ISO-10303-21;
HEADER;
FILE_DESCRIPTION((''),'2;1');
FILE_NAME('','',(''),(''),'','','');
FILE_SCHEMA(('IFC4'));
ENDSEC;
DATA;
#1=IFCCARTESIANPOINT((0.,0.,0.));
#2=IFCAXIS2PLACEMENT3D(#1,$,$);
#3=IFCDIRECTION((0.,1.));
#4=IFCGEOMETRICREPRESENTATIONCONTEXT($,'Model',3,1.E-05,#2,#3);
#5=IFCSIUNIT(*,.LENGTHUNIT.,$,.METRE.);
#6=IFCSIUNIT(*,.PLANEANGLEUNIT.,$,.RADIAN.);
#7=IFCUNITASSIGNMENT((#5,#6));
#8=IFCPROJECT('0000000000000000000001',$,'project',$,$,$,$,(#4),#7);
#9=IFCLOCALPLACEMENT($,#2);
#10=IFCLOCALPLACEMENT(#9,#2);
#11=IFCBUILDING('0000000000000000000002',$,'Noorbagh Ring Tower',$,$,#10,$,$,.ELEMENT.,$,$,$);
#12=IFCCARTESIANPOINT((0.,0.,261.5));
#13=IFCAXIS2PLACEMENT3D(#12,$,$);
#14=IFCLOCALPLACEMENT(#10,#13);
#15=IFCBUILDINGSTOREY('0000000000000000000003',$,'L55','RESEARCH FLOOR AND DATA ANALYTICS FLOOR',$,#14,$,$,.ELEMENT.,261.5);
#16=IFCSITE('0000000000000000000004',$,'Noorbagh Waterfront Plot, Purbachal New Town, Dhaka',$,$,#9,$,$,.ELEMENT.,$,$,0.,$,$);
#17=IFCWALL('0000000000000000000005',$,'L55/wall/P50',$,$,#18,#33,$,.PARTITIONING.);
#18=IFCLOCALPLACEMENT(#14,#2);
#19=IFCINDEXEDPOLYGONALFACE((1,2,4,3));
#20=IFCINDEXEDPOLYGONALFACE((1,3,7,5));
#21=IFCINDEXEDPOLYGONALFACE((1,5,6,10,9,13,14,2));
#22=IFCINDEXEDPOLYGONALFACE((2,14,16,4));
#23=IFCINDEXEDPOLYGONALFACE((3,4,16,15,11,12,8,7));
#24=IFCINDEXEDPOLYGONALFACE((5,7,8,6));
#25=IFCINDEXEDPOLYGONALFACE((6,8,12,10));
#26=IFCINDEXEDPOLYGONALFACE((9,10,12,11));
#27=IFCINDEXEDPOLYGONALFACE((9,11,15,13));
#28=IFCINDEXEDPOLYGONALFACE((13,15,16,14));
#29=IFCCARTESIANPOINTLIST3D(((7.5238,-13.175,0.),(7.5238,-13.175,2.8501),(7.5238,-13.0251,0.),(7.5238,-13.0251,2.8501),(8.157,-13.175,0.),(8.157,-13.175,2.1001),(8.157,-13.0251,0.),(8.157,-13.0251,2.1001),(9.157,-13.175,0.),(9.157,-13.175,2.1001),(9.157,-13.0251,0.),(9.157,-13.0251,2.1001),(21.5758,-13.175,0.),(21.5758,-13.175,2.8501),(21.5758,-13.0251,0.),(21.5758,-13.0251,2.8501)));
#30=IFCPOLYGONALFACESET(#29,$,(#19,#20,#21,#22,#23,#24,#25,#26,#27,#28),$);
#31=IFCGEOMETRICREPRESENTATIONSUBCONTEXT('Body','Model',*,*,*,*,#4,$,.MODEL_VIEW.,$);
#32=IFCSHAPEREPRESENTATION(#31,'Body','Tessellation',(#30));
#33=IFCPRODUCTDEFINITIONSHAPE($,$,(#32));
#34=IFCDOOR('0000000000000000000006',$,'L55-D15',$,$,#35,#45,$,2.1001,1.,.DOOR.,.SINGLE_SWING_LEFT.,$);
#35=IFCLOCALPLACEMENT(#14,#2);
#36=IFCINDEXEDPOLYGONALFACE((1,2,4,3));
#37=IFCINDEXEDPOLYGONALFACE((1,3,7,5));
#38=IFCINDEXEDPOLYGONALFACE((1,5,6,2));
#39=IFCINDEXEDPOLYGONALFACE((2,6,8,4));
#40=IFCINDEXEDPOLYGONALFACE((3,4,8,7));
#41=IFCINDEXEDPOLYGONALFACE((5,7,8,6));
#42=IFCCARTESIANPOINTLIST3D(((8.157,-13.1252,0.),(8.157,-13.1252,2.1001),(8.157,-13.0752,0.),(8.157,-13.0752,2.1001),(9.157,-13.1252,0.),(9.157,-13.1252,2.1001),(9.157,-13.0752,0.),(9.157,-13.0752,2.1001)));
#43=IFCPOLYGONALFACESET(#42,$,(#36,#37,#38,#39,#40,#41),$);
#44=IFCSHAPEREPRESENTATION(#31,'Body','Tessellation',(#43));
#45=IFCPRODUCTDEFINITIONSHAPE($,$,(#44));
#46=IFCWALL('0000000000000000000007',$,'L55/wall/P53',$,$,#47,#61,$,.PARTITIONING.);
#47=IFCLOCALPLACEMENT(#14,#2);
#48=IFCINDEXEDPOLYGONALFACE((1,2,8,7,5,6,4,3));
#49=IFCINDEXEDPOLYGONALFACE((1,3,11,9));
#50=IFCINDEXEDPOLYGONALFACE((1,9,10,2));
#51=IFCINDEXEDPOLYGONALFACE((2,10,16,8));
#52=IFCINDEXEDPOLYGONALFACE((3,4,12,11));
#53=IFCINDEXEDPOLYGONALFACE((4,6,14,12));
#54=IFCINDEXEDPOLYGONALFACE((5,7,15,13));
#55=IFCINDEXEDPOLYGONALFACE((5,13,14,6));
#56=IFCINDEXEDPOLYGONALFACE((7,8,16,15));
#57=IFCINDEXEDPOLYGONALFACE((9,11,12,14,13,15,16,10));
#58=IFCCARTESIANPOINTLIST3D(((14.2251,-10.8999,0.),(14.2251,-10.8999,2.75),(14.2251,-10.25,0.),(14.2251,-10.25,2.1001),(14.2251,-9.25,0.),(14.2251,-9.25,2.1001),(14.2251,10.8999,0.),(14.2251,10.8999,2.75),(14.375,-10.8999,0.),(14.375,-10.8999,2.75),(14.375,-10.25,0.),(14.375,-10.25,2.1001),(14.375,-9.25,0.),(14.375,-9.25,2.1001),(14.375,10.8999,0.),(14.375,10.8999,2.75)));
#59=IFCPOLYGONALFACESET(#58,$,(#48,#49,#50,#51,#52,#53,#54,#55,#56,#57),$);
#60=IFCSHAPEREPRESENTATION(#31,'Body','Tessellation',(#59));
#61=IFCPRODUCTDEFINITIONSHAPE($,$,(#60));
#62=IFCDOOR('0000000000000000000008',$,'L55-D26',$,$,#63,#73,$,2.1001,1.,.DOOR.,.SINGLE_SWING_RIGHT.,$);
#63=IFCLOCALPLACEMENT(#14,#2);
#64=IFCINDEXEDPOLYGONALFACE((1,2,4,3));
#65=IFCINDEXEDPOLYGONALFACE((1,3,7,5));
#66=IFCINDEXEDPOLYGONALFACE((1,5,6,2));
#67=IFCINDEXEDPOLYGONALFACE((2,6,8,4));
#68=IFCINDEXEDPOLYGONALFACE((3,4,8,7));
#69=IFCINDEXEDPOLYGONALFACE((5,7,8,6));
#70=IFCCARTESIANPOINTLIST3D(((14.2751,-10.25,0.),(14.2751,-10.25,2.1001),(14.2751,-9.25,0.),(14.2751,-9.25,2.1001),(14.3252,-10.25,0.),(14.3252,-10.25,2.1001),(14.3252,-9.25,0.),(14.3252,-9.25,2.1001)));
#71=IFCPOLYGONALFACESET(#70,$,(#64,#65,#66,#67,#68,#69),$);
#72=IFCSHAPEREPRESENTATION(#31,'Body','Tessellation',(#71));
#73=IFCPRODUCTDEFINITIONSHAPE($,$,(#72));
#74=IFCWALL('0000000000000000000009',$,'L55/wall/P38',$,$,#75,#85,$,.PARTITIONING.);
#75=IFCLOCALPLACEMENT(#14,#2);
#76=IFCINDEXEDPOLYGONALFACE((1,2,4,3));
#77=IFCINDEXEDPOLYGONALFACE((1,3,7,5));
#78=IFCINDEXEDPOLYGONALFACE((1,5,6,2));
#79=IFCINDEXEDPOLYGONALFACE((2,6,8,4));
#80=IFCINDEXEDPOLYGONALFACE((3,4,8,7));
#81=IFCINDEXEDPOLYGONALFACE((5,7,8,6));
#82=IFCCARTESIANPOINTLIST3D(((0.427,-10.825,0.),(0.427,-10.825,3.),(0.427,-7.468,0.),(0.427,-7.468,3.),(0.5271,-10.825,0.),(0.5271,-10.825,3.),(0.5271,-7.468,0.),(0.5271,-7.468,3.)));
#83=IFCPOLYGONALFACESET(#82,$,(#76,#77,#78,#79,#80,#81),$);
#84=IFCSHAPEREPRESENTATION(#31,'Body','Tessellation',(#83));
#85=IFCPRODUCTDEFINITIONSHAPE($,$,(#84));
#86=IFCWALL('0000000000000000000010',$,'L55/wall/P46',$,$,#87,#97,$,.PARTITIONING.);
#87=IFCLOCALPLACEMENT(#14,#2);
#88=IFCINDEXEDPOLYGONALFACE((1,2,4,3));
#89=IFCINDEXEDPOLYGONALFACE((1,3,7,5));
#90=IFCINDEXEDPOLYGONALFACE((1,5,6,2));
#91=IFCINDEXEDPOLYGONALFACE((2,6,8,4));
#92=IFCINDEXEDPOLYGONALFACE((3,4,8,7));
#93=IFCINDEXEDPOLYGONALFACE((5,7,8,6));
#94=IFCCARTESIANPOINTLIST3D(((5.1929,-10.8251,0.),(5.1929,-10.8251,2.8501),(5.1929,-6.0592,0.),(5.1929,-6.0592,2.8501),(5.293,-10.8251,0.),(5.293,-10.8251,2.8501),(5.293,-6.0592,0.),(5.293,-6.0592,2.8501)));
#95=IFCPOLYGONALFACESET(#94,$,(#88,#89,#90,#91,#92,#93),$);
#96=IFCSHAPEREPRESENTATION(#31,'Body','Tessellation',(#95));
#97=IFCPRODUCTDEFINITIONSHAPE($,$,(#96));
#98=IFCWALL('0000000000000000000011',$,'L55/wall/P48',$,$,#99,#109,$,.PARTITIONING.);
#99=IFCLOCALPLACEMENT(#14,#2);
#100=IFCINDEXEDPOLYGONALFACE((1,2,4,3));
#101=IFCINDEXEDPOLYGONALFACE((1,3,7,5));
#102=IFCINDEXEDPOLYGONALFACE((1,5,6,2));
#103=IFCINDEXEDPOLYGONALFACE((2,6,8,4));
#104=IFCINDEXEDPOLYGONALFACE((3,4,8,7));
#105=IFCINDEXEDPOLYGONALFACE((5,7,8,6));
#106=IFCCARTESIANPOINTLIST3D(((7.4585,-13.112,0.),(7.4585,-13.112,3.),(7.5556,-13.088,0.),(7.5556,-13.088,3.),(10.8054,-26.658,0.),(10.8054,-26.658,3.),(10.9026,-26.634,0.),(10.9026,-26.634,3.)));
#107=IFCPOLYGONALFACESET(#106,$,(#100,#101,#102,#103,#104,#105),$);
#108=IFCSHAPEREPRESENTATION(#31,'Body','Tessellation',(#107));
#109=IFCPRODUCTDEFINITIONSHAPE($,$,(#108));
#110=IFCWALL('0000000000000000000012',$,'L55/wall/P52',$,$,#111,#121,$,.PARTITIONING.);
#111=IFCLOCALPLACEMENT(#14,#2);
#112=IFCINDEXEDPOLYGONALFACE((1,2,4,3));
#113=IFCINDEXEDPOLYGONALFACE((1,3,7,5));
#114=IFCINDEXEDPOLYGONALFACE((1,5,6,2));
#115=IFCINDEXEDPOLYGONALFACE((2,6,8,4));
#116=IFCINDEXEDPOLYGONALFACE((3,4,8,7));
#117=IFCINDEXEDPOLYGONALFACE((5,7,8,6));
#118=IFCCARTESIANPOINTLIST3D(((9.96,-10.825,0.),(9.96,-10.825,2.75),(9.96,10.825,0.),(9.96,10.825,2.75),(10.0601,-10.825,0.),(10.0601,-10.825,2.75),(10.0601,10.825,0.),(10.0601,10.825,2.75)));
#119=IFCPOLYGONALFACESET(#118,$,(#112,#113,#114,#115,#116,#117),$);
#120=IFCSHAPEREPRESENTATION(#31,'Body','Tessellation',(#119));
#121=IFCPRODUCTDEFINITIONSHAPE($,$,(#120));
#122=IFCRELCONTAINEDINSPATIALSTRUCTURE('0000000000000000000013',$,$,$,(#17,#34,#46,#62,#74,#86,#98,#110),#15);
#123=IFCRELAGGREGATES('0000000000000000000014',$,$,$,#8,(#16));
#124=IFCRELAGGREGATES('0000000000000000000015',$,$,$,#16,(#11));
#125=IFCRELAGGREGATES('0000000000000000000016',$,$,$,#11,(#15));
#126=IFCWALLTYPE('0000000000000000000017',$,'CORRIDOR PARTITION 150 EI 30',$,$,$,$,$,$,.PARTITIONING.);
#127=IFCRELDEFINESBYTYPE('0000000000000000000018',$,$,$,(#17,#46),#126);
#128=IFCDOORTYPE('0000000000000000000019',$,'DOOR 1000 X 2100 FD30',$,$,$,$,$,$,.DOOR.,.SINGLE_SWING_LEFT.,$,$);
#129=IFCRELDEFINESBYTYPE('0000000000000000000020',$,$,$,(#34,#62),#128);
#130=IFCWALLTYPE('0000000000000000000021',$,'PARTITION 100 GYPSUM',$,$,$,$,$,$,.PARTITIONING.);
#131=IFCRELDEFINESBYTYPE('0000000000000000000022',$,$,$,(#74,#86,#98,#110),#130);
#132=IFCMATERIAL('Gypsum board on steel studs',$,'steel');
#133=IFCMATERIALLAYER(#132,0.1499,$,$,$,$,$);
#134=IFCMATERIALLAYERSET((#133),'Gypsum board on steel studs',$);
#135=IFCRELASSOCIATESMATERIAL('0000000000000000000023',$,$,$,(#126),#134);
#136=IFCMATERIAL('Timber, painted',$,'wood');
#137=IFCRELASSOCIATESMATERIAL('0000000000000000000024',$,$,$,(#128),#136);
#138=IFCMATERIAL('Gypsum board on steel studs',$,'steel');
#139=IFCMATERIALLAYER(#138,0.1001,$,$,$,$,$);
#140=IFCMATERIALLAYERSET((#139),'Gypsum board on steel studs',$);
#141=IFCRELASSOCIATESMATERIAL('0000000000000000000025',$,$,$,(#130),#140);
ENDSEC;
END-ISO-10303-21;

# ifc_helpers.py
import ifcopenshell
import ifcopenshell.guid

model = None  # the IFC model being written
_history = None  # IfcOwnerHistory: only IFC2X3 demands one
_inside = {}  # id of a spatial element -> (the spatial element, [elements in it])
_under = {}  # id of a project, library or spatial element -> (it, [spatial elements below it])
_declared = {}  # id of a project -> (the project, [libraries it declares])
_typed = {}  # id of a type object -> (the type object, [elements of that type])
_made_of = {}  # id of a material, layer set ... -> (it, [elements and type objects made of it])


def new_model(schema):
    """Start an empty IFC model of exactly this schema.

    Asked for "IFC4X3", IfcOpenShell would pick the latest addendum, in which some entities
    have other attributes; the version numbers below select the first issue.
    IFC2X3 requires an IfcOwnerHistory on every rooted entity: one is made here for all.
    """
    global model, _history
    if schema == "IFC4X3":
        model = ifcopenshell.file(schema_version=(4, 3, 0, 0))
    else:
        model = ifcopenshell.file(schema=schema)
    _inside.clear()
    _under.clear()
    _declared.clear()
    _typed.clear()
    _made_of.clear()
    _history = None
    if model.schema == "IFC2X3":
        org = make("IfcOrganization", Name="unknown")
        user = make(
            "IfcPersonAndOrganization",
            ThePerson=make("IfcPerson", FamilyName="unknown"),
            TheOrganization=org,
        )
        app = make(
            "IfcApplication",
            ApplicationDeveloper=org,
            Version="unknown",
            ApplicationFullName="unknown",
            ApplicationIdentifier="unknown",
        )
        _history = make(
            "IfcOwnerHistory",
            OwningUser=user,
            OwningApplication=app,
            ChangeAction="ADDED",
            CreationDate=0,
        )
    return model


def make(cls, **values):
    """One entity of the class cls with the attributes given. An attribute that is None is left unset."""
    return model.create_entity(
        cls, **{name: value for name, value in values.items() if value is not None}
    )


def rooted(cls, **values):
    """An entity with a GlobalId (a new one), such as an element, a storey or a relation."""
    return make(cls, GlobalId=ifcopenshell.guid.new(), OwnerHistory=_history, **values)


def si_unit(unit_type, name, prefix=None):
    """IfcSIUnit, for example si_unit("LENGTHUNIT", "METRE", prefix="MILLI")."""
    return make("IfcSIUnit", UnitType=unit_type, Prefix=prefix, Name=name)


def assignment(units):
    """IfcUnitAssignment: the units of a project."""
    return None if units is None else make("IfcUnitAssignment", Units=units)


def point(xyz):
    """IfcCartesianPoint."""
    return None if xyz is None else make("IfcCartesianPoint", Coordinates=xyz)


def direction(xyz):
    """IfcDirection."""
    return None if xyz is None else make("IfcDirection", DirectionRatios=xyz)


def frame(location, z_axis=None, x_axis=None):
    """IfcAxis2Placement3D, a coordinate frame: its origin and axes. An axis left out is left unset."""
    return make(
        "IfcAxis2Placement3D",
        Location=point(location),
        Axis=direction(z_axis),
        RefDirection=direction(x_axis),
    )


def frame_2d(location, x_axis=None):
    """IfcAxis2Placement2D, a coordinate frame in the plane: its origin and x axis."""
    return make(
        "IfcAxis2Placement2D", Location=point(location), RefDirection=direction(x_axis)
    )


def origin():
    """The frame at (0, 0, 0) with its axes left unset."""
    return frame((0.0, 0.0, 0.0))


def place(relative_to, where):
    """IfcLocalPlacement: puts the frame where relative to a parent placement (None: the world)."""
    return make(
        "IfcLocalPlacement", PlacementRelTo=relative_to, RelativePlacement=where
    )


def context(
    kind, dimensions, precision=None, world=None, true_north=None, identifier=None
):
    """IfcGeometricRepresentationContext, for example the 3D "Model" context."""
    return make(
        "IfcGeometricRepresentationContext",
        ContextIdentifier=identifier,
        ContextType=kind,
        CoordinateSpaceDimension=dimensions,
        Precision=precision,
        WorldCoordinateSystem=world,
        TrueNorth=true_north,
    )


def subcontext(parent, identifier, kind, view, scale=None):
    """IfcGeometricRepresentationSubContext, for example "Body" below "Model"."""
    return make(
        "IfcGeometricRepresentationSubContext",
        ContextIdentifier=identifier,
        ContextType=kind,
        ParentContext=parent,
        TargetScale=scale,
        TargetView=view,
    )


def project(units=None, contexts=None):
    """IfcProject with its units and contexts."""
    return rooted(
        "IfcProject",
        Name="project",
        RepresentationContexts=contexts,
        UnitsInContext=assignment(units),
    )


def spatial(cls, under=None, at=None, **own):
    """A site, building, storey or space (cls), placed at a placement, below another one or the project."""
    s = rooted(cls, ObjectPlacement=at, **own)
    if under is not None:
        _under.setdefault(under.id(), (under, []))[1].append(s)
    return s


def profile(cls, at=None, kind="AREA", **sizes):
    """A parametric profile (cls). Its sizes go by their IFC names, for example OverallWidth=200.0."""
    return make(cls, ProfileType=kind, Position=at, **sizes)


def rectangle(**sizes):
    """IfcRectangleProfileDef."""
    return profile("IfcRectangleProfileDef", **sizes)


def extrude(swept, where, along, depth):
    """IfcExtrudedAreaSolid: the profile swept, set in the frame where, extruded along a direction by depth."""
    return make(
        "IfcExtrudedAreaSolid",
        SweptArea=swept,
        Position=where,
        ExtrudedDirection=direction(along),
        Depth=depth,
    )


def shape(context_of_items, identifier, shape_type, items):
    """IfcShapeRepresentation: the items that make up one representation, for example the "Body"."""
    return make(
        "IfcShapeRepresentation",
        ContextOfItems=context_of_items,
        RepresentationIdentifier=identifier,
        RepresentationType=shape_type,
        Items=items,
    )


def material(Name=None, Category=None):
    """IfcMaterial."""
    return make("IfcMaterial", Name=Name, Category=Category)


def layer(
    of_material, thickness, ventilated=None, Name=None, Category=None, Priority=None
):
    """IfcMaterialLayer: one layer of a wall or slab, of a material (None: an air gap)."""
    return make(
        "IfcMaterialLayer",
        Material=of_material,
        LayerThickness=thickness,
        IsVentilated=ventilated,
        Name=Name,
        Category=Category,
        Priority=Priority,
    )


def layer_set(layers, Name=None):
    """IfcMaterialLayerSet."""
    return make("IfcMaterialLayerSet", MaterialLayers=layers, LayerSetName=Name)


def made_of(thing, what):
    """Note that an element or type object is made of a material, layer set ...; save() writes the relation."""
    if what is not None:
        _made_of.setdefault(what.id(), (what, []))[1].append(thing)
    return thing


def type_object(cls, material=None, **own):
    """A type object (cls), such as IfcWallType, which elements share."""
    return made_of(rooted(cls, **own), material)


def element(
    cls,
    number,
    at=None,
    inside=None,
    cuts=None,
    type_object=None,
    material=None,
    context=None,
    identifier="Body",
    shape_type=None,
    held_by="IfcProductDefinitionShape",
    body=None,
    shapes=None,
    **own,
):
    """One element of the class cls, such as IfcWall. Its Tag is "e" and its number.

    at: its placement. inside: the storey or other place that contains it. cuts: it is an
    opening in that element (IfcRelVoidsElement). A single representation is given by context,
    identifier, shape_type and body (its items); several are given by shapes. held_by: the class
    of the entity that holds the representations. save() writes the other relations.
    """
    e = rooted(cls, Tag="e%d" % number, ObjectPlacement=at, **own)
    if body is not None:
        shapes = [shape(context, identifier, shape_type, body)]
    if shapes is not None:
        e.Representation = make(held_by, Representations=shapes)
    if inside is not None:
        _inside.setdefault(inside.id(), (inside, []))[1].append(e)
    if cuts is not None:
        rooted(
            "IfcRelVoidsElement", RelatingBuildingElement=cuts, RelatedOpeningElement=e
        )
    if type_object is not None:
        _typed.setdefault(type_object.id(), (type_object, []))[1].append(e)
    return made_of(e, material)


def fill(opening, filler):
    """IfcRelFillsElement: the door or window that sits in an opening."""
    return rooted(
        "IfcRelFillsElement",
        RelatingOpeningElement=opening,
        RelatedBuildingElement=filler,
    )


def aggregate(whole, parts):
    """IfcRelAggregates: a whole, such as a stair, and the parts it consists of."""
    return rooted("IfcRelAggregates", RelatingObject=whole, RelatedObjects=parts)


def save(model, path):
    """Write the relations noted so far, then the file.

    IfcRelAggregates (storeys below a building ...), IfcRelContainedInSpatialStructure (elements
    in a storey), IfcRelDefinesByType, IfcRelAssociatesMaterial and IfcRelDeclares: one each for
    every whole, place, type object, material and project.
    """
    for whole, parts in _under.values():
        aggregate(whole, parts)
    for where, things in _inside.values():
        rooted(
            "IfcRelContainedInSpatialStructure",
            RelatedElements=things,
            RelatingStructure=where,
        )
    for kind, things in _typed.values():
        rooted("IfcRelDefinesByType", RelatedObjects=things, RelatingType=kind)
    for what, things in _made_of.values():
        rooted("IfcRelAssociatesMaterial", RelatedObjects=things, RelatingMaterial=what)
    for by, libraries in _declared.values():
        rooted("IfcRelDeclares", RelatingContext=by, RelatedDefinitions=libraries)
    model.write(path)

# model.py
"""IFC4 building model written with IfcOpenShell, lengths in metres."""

from ifc_helpers import new_model, si_unit, direction, frame, frame_2d, origin, place, context, subcontext, project, spatial, rectangle, extrude, material, layer, layer_set, type_object, element, fill, save


model = new_model("IFC4")

# Units and contexts
model_context = context("Model", 3, precision=1e-05, world=origin(), true_north=direction((0.0, 1.0)))
body_context = subcontext(model_context, "Body", "Model", "MODEL_VIEW")
ifc_project = project(units=[si_unit("LENGTHUNIT", "METRE"), si_unit("PLANEANGLEUNIT", "RADIAN")], contexts=[model_context])

# Site, building, storey
site_placement = place(None, origin())
site = spatial("IfcSite", under=ifc_project, at=site_placement, Name="Noorbagh Waterfront Plot, Purbachal New Town, Dhaka", CompositionType="ELEMENT", RefElevation=0.0)
building_placement = place(site_placement, origin())
building = spatial("IfcBuilding", under=site, at=building_placement, Name="Noorbagh Ring Tower", CompositionType="ELEMENT")
storey_placement = place(building_placement, frame((0.0, 0.0, 261.5)))
storey = spatial("IfcBuildingStorey", under=building, at=storey_placement, Name="L55", Description="RESEARCH FLOOR AND DATA ANALYTICS FLOOR", CompositionType="ELEMENT", Elevation=261.5)

# Shared definitions
ifc_material_1 = material(Name="Gypsum board on steel studs", Category="steel")
ifc_layer_1 = layer(ifc_material_1, 0.1499)
ifc_layer_set_1 = layer_set([ifc_layer_1], Name="Gypsum board on steel studs")
wall_type_1 = type_object("IfcWallType", Name="CORRIDOR PARTITION 150 EI 30", PredefinedType="PARTITIONING", material=ifc_layer_set_1)

# Walls, openings, doors
ifc_material_2 = material(Name="Timber, painted", Category="wood")
door_type = type_object("IfcDoorType", Name="DOOR 1000 X 2100 FD30", OperationType="SINGLE_SWING_LEFT", PredefinedType="DOOR", material=ifc_material_2)
wall_1_placement = place(storey_placement, frame((7.5239, -13.1001, 0.0), z_axis=(0.0, 0.0, 1.0), x_axis=(1.0, 0.0, 0.0)))
wall_1 = element("IfcWall", 1, at=wall_1_placement, inside=storey, type_object=wall_type_1, Name="L55/wall/P50", PredefinedType="PARTITIONING", context=body_context, shape_type="SweptSolid", body=[
    extrude(rectangle(XDim=14.052, YDim=0.1499, at=frame_2d((7.0259, 0.0))), origin(), (0.0, 0.0, 1.0), 2.8501),
])
opening_1_placement = place(wall_1_placement, frame((0.6331, 0.0, 0.0)))
opening_1 = element("IfcOpeningElement", 2, at=opening_1_placement, cuts=wall_1, PredefinedType="OPENING", context=body_context, shape_type="SweptSolid", body=[
    extrude(rectangle(XDim=1.0, YDim=2.1001, at=frame_2d((0.5, 1.05))), frame((0.0, 0.085, 0.0), z_axis=(0.0, -1.0, 0.0), x_axis=(1.0, 0.0, 0.0)), (0.0, 0.0, 1.0), 0.1699),
])
door_1_placement = place(opening_1_placement, origin())
door_1 = element("IfcDoor", 3, at=door_1_placement, inside=storey, type_object=door_type, Name="L55-D15", OperationType="SINGLE_SWING_LEFT", OverallHeight=2.1001, OverallWidth=1.0, PredefinedType="DOOR", context=body_context, shape_type="SweptSolid", body=[
    extrude(rectangle(XDim=1.0, YDim=2.1001, at=frame_2d((0.5, 1.05))), frame((0.0, 0.0249, 0.0), z_axis=(0.0, -1.0, 0.0), x_axis=(1.0, 0.0, 0.0)), (0.0, 0.0, 1.0), 0.05),
])
fill(opening_1, door_1)
wall_2_placement = place(storey_placement, frame((14.3, -10.8999, 0.0), z_axis=(0.0, 0.0, 1.0), x_axis=(0.0, 1.0, 0.0)))
wall_2 = element("IfcWall", 4, at=wall_2_placement, inside=storey, type_object=wall_type_1, Name="L55/wall/P53", PredefinedType="PARTITIONING", context=body_context, shape_type="SweptSolid", body=[
    extrude(rectangle(XDim=21.7998, YDim=0.1499, at=frame_2d((10.8999, 0.0))), origin(), (0.0, 0.0, 1.0), 2.75),
])
opening_2_placement = place(wall_2_placement, frame((0.6499, 0.0, 0.0)))
opening_2 = element("IfcOpeningElement", 5, at=opening_2_placement, cuts=wall_2, PredefinedType="OPENING", context=body_context, shape_type="SweptSolid", body=[
    extrude(rectangle(XDim=1.0, YDim=2.1001, at=frame_2d((0.5, 1.05))), frame((0.0, 0.085, 0.0), z_axis=(0.0, -1.0, 0.0), x_axis=(1.0, 0.0, 0.0)), (0.0, 0.0, 1.0), 0.1699),
])
door_2_placement = place(opening_2_placement, origin())
door_2 = element("IfcDoor", 6, at=door_2_placement, inside=storey, type_object=door_type, Name="L55-D26", OperationType="SINGLE_SWING_RIGHT", OverallHeight=2.1001, OverallWidth=1.0, PredefinedType="DOOR", context=body_context, shape_type="SweptSolid", body=[
    extrude(rectangle(XDim=1.0, YDim=2.1001, at=frame_2d((0.5, 1.05))), frame((0.0, 0.0249, 0.0), z_axis=(0.0, -1.0, 0.0), x_axis=(1.0, 0.0, 0.0)), (0.0, 0.0, 1.0), 0.05),
])
fill(opening_2, door_2)

# Walls
ifc_material_3 = material(Name="Gypsum board on steel studs", Category="steel")
ifc_layer_2 = layer(ifc_material_3, 0.1001)
ifc_layer_set_2 = layer_set([ifc_layer_2], Name="Gypsum board on steel studs")
wall_type_2 = type_object("IfcWallType", Name="PARTITION 100 GYPSUM", PredefinedType="PARTITIONING", material=ifc_layer_set_2)
wall_3_placement = place(storey_placement, frame((0.4771, -10.825, 0.0), z_axis=(0.0, 0.0, 1.0), x_axis=(0.0, 1.0, 0.0)))
element("IfcWall", 7, at=wall_3_placement, inside=storey, type_object=wall_type_2, Name="L55/wall/P38", PredefinedType="PARTITIONING", context=body_context, shape_type="SweptSolid", body=[
    extrude(rectangle(XDim=3.3569, YDim=0.1001, at=frame_2d((1.6785, 0.0))), origin(), (0.0, 0.0, 1.0), 3.0),
])
wall_4_placement = place(storey_placement, frame((5.2429, -10.825, 0.0), z_axis=(0.0, 0.0, 1.0), x_axis=(0.0, 1.0, 0.0)))
element("IfcWall", 8, at=wall_4_placement, inside=storey, type_object=wall_type_2, Name="L55/wall/P46", PredefinedType="PARTITIONING", context=body_context, shape_type="SweptSolid", body=[
    extrude(rectangle(XDim=4.7659, YDim=0.1001, at=frame_2d((2.3828, 0.0))), origin(), (0.0, 0.0, 1.0), 2.8501),
])
wall_5_placement = place(storey_placement, frame((7.5071, -13.1001, 0.0), z_axis=(0.0, 0.0, 1.0), x_axis=(0.239867, -0.970806, 0.0)))
element("IfcWall", 9, at=wall_5_placement, inside=storey, type_object=wall_type_2, Name="L55/wall/P48", PredefinedType="PARTITIONING", context=body_context, shape_type="SweptSolid", body=[
    extrude(rectangle(XDim=13.9534, YDim=0.1001, at=frame_2d((6.9766, 0.0))), origin(), (0.0, 0.0, 1.0), 3.0),
])
wall_6_placement = place(storey_placement, frame((10.01, -10.825, 0.0), z_axis=(0.0, 0.0, 1.0), x_axis=(0.0, 1.0, 0.0)))
element("IfcWall", 10, at=wall_6_placement, inside=storey, type_object=wall_type_2, Name="L55/wall/P52", PredefinedType="PARTITIONING", context=body_context, shape_type="SweptSolid", body=[
    extrude(rectangle(XDim=21.6499, YDim=0.1001, at=frame_2d((10.825, 0.0))), origin(), (0.0, 0.0, 1.0), 2.75),
])

save(model, "model.ifc")
